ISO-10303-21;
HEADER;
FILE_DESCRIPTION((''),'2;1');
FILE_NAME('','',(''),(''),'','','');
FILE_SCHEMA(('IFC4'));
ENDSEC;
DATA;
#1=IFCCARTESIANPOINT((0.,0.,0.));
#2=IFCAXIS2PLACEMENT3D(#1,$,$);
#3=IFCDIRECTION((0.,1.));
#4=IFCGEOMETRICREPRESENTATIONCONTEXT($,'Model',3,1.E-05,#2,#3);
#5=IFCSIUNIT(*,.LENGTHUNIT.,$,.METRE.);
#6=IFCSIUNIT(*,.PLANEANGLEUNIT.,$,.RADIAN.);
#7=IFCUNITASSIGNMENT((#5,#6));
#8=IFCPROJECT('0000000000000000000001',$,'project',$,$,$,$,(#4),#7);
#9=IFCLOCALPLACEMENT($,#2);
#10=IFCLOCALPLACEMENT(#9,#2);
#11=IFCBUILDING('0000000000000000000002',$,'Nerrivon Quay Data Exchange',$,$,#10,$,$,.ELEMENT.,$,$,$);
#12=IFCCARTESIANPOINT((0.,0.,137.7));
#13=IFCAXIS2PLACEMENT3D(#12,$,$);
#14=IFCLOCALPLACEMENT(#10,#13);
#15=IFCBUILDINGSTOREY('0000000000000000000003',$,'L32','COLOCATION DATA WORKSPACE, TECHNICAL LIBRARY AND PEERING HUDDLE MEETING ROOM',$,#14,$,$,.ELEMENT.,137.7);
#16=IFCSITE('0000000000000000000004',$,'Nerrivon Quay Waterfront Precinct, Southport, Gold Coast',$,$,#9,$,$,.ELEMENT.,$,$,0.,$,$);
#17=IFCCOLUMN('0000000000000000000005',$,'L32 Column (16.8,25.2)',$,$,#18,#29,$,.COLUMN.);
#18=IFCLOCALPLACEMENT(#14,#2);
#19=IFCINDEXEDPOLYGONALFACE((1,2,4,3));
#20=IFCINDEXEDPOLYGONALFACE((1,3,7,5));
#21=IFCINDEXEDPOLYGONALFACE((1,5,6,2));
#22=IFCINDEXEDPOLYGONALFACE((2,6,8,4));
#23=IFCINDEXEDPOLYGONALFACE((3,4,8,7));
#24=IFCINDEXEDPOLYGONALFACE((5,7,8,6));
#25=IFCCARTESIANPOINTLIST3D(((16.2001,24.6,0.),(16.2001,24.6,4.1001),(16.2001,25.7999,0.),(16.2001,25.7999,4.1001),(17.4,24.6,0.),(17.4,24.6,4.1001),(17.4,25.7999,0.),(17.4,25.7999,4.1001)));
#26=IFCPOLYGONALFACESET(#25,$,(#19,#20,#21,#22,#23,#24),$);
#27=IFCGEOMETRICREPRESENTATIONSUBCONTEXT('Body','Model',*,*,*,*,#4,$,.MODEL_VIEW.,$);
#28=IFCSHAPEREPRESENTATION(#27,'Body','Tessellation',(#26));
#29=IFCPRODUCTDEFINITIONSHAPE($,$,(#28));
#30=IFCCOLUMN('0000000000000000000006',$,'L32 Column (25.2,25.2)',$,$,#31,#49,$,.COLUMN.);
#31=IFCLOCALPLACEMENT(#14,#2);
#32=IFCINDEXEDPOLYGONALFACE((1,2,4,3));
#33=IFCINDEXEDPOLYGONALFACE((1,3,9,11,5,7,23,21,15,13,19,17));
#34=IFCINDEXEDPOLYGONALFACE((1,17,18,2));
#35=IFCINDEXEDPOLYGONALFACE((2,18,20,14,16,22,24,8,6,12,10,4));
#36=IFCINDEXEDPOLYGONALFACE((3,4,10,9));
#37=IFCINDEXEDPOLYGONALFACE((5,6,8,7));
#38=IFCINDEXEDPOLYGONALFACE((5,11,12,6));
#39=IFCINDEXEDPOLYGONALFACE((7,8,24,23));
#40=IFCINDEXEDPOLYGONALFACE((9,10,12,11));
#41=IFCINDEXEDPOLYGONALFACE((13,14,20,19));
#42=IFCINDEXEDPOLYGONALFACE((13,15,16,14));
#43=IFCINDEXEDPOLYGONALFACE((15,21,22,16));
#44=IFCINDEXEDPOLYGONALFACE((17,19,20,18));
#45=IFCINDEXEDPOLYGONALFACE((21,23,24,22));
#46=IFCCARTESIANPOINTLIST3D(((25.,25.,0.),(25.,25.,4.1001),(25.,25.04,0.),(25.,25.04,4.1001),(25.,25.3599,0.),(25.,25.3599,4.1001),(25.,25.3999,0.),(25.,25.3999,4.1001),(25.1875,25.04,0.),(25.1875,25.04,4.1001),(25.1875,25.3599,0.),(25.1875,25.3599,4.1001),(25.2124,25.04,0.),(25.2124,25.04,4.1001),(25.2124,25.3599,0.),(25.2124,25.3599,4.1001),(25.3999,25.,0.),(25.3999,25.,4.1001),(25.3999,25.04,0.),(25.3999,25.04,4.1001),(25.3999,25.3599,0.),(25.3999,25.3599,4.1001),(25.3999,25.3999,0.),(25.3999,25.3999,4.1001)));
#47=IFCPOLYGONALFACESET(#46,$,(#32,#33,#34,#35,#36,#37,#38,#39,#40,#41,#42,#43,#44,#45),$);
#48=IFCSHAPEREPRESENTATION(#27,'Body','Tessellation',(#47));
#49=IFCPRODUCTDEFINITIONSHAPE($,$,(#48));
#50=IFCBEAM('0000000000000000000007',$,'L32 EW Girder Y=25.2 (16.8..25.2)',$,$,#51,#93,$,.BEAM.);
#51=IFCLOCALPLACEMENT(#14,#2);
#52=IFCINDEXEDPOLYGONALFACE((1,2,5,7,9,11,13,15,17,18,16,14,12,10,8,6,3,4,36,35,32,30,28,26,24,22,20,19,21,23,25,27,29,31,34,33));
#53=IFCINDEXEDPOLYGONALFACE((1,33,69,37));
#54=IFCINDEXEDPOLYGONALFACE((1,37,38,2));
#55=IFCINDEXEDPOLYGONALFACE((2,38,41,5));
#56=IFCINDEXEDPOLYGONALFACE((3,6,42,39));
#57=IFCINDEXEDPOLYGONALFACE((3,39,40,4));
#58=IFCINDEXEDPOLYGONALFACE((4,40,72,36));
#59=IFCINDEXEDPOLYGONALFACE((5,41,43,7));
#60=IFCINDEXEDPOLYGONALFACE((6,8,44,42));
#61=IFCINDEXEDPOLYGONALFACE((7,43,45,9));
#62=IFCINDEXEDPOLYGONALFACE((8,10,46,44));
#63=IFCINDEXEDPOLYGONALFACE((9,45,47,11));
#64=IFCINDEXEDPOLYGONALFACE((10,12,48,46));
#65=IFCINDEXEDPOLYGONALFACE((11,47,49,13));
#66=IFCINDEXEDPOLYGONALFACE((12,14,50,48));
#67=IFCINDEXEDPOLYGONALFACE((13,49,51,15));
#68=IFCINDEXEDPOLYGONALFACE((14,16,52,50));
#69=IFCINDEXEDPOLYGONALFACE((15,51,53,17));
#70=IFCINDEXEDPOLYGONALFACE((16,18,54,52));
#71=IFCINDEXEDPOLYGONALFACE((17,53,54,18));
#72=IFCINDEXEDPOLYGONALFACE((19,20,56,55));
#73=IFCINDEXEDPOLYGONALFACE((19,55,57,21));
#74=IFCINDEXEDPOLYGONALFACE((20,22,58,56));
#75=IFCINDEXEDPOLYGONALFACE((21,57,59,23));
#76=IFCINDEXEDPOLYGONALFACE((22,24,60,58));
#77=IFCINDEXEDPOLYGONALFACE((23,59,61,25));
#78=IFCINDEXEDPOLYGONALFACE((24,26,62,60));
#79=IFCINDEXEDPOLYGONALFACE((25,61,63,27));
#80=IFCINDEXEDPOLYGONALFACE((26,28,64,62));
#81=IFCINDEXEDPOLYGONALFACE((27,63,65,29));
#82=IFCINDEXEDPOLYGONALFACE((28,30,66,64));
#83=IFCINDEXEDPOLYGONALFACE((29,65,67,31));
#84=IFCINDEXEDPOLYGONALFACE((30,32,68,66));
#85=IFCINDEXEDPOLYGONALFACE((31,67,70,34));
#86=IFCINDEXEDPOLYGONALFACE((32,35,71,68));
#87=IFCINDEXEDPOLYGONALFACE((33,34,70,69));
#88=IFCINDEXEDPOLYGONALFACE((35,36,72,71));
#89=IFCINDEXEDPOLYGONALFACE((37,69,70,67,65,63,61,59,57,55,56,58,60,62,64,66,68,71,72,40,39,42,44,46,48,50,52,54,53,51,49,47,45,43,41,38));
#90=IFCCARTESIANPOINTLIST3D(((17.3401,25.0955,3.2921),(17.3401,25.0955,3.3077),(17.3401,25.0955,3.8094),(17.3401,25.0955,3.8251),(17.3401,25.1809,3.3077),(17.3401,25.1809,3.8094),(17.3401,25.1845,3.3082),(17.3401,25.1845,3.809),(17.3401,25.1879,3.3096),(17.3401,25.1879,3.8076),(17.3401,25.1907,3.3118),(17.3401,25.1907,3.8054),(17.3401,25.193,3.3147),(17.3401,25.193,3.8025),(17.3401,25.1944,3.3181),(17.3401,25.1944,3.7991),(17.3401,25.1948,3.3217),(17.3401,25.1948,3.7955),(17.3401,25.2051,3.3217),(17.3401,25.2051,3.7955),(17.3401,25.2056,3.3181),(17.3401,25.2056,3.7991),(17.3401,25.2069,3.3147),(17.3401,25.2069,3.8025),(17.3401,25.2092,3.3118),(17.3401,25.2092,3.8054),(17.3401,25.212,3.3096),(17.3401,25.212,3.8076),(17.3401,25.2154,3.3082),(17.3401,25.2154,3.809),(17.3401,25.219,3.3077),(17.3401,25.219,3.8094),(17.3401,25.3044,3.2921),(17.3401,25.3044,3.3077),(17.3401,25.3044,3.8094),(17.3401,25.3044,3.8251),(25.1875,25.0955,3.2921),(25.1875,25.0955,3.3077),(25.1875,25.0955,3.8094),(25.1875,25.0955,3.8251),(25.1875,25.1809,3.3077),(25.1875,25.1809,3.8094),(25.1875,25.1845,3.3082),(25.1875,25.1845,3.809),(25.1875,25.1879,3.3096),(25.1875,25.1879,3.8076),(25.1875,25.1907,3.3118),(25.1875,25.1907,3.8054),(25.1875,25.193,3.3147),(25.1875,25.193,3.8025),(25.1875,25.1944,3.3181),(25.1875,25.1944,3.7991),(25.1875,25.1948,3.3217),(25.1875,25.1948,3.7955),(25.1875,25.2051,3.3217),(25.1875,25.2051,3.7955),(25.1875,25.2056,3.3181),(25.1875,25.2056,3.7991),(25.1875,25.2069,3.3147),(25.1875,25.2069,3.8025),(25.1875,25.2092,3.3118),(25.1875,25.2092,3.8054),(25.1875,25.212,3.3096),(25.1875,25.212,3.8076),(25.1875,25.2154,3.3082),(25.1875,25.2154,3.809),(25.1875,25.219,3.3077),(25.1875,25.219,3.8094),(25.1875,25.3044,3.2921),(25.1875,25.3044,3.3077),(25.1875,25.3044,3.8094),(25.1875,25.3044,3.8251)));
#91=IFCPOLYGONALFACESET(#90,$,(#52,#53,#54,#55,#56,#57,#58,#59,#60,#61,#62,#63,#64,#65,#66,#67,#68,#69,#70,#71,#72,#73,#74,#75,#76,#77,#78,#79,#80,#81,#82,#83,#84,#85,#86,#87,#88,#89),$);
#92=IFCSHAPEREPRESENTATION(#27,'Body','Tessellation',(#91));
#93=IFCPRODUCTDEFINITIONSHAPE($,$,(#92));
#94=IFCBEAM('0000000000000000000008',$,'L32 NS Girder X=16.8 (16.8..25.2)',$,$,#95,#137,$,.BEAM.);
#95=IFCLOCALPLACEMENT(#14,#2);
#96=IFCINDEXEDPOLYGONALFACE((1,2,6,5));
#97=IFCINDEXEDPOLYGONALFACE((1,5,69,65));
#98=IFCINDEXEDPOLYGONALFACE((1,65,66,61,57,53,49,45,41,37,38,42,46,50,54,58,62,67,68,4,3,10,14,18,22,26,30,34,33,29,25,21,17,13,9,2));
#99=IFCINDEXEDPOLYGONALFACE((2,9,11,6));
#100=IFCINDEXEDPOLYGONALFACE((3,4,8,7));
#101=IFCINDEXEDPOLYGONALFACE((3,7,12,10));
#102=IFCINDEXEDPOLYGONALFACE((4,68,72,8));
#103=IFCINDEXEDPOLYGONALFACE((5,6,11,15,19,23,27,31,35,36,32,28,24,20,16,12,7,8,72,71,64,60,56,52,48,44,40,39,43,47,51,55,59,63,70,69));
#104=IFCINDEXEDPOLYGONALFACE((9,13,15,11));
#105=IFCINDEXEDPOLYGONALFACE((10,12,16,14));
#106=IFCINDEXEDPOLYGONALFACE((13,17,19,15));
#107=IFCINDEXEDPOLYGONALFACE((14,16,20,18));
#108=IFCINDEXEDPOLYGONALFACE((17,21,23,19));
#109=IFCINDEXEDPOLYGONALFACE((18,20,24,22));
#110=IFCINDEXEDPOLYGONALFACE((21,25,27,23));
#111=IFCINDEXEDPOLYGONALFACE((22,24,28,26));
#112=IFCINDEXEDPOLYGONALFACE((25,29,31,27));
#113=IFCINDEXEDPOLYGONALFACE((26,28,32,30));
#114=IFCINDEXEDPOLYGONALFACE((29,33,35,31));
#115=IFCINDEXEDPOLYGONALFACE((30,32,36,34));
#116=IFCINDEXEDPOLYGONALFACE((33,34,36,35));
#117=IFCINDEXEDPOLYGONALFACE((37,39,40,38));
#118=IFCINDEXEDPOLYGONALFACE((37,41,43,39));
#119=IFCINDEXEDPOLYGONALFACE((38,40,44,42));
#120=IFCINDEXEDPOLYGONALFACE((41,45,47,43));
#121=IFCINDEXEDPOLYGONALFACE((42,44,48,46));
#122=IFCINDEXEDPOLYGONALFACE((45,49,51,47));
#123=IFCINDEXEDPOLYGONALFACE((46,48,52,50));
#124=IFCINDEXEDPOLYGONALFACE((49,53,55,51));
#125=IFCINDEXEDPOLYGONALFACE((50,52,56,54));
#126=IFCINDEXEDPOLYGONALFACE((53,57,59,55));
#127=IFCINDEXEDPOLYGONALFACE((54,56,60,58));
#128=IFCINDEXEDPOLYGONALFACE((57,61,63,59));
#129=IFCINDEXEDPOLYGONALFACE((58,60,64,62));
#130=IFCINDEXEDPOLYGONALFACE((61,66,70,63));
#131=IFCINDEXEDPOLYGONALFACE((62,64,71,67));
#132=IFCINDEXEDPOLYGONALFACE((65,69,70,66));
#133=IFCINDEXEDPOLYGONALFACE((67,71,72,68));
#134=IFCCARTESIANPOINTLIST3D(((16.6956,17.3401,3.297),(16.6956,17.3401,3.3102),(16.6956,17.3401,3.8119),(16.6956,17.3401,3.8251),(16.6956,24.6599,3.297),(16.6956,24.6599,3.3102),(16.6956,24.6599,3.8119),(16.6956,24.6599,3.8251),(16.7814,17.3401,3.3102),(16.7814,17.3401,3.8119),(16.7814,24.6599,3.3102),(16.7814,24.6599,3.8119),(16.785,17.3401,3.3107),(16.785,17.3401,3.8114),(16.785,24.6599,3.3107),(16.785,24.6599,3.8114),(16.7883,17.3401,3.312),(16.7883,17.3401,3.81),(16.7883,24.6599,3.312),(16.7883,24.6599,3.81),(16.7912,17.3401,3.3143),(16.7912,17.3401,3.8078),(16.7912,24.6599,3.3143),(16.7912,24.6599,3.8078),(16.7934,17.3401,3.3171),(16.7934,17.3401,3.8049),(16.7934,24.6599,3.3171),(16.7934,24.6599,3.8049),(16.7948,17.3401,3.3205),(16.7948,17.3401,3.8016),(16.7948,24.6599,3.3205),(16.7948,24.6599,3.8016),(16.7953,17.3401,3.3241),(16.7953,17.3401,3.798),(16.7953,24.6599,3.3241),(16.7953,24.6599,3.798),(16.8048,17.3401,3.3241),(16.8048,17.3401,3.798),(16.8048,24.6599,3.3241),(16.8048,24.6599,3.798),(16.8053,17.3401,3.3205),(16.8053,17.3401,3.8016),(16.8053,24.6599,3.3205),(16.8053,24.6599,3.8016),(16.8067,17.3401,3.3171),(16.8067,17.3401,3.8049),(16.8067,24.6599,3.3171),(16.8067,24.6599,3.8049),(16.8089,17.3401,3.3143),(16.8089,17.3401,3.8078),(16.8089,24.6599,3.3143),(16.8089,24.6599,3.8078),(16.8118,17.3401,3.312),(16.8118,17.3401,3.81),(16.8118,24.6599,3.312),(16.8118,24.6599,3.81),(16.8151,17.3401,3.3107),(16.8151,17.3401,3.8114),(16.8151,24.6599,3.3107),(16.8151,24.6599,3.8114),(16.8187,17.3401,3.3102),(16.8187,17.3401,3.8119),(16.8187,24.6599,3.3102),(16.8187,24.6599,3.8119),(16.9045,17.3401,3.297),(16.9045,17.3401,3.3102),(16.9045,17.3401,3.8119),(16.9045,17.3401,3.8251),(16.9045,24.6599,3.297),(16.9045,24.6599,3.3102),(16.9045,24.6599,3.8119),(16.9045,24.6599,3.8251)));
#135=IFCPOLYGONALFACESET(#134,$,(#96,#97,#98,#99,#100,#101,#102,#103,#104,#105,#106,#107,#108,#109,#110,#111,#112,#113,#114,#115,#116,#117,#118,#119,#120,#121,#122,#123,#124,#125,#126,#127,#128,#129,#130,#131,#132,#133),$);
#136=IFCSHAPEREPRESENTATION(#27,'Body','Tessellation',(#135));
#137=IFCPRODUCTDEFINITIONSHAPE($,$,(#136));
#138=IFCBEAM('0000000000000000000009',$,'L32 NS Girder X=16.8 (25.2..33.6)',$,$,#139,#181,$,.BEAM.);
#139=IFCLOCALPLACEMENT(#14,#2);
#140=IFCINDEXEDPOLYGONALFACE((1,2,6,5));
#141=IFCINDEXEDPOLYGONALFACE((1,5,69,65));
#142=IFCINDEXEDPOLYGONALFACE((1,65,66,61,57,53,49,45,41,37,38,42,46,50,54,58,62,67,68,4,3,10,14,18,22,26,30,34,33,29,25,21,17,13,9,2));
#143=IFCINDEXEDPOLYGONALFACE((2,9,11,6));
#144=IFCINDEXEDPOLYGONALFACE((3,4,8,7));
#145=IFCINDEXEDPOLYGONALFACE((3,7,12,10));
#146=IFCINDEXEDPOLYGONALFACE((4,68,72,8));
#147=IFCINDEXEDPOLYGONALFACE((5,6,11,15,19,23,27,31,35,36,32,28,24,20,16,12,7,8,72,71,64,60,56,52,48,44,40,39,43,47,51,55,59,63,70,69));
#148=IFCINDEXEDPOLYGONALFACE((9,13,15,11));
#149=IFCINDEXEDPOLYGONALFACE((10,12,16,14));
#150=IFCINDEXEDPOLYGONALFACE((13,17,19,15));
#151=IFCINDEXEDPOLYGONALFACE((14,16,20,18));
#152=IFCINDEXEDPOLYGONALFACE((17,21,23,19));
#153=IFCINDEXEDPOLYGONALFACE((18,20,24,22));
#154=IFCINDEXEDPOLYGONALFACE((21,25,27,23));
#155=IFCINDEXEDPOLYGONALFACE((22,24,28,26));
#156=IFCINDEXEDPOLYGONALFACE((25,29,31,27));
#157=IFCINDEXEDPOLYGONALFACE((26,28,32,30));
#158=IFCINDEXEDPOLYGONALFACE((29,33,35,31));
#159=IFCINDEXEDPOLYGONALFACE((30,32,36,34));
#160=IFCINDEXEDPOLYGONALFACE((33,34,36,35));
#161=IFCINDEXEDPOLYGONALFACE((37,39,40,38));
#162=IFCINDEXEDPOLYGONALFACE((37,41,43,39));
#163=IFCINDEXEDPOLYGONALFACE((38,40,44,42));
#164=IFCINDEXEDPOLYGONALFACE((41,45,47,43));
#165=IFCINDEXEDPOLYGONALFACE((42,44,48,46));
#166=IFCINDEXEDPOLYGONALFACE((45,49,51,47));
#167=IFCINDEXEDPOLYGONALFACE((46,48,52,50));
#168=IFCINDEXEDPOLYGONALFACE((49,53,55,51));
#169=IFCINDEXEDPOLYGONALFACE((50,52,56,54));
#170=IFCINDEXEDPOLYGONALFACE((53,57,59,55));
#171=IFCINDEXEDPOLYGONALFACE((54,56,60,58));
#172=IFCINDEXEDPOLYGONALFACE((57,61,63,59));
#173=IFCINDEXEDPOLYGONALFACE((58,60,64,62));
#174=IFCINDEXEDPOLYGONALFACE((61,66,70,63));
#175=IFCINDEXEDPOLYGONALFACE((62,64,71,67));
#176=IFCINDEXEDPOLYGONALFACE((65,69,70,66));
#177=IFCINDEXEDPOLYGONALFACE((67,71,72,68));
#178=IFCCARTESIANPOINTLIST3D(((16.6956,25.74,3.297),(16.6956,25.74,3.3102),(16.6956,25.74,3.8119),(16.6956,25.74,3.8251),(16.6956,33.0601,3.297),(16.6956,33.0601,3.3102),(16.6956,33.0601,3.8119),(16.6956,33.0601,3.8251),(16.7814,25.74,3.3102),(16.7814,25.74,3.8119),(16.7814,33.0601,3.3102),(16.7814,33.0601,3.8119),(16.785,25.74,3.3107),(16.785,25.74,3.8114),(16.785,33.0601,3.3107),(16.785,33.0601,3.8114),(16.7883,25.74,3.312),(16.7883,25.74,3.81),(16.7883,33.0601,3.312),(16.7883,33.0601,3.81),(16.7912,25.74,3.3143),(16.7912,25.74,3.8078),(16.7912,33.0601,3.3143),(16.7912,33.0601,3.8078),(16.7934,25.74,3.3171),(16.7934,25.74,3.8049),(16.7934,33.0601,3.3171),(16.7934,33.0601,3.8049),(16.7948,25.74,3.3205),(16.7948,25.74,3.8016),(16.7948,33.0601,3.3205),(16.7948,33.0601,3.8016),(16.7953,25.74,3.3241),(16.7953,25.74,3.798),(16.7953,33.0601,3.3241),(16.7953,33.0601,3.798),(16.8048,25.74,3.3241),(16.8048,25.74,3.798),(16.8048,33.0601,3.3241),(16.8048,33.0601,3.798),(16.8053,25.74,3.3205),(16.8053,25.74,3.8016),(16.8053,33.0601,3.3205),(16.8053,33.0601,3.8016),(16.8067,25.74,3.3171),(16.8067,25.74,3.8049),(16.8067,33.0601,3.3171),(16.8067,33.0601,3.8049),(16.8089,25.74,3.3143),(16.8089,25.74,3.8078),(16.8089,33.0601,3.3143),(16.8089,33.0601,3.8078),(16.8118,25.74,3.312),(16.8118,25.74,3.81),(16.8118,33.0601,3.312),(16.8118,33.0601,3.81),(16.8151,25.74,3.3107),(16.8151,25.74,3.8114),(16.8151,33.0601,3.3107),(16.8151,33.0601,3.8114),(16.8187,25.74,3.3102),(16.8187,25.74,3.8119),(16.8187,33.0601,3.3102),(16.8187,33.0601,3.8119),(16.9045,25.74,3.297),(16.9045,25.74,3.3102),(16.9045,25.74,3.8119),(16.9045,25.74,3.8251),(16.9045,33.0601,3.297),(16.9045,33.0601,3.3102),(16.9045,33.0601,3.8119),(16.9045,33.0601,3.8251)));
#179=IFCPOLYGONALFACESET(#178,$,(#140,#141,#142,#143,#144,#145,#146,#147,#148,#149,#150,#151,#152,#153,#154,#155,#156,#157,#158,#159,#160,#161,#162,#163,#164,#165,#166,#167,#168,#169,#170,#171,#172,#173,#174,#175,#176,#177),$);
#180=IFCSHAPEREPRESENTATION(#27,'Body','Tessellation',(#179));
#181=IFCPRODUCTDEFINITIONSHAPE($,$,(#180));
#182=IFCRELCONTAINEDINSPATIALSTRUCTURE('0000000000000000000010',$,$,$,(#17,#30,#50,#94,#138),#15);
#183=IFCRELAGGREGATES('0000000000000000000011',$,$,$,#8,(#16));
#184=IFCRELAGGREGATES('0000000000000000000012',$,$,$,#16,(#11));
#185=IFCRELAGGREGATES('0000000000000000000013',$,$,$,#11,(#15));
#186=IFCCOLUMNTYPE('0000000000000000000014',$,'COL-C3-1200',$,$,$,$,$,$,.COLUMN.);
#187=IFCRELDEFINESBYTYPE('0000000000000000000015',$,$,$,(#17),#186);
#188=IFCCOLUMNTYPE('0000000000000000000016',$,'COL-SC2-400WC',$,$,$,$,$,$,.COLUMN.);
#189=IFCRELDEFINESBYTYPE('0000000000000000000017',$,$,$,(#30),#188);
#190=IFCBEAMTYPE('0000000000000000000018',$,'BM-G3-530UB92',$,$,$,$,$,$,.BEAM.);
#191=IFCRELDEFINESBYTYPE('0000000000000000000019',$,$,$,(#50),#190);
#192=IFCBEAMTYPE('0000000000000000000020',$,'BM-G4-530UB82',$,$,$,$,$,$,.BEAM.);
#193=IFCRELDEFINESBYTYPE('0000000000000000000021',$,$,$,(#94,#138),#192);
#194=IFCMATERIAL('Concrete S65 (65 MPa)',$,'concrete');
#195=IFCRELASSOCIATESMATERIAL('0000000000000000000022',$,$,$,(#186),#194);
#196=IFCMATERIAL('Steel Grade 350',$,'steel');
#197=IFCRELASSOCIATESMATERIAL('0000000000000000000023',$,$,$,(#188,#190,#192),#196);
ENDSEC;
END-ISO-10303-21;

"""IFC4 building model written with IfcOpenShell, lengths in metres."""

from ifc_helpers import new_model, si_unit, direction, frame, origin, origin_2d, place, context, subcontext, project, spatial, rectangle, i_section, extrude, material, material_profile, profile_set, type_object, element, save


model = new_model("IFC4")

# Units and contexts
model_context = context("Model", 3, precision=1e-05, world=origin(), true_north=direction((0.0, 1.0)))
body_context = subcontext(model_context, "Body", "Model", "MODEL_VIEW")
ifc_project = project(units=[si_unit("LENGTHUNIT", "METRE"), si_unit("PLANEANGLEUNIT", "RADIAN")], contexts=[model_context])

# Site, building, storey
site_placement = place(None, origin())
site = spatial("IfcSite", under=ifc_project, at=site_placement, Name="Nerrivon Quay Waterfront Precinct, Southport, Gold Coast", CompositionType="ELEMENT", RefElevation=0.0)
building_placement = place(site_placement, origin())
building = spatial("IfcBuilding", under=site, at=building_placement, Name="Nerrivon Quay Data Exchange", CompositionType="ELEMENT")
storey_placement = place(building_placement, frame((0.0, 0.0, 137.7)))
storey = spatial("IfcBuildingStorey", under=building, at=storey_placement, Name="L32", Description="COLOCATION DATA WORKSPACE, TECHNICAL LIBRARY AND PEERING HUDDLE MEETING ROOM", CompositionType="ELEMENT", Elevation=137.7)

# Columns
ifc_material_1 = material(Name="Concrete S65 (65 MPa)", Category="concrete")
ifc_material_profile_1 = material_profile(ifc_material_1, rectangle(XDim=1.2, YDim=1.2, at=origin_2d()), Name="RC-COL-1200x1200")
ifc_profile_set_1 = profile_set([ifc_material_profile_1], Name="Concrete S65 (65 MPa)")
column_type_1 = type_object("IfcColumnType", Name="COL-C3-1200", PredefinedType="COLUMN", material=ifc_profile_set_1)
column_1_placement = place(storey_placement, frame((16.8, 25.2, 0.0), z_axis=(0.0, 0.0, 1.0), x_axis=(1.0, 0.0, 0.0)))
element("IfcColumn", 1, at=column_1_placement, inside=storey, type_object=column_type_1, Name="L32 Column (16.8,25.2)", PredefinedType="COLUMN", context=body_context, shape_type="SweptSolid", body=[
    extrude(rectangle(XDim=1.2, YDim=1.2, at=origin_2d()), origin(), (0.0, 0.0, 1.0), 4.1001),
])
ifc_material_2 = material(Name="Steel Grade 350", Category="steel")
ifc_material_profile_2 = material_profile(ifc_material_2, i_section(OverallWidth=0.3999, OverallDepth=0.3999, WebThickness=0.0249, FlangeThickness=0.04, at=origin_2d()), Name="400WC328")
ifc_profile_set_2 = profile_set([ifc_material_profile_2], Name="Steel Grade 350")
column_type_2 = type_object("IfcColumnType", Name="COL-SC2-400WC", PredefinedType="COLUMN", material=ifc_profile_set_2)
column_2_placement = place(storey_placement, frame((25.2, 25.2, 0.0), z_axis=(0.0, 0.0, 1.0), x_axis=(1.0, 0.0, 0.0)))
element("IfcColumn", 2, at=column_2_placement, inside=storey, type_object=column_type_2, Name="L32 Column (25.2,25.2)", PredefinedType="COLUMN", context=body_context, shape_type="SweptSolid", body=[
    extrude(i_section(OverallWidth=0.3999, OverallDepth=0.3999, WebThickness=0.0249, FlangeThickness=0.04, at=origin_2d()), origin(), (0.0, 0.0, 1.0), 4.1001),
])

# Beams
ifc_material_profile_3 = material_profile(ifc_material_2, i_section(OverallWidth=0.209, OverallDepth=0.533, WebThickness=0.0103, FlangeThickness=0.0156, FilletRadius=0.0139, at=origin_2d()), Name="530UB92.4")
ifc_profile_set_3 = profile_set([ifc_material_profile_3], Name="Steel Grade 350")
beam_type_1 = type_object("IfcBeamType", Name="BM-G3-530UB92", PredefinedType="BEAM", material=ifc_profile_set_3)
beam_1_placement = place(storey_placement, frame((17.3401, 25.2, 3.5586), z_axis=(1.0, 0.0, 0.0), x_axis=(0.0, 1.0, 0.0)))
element("IfcBeam", 3, at=beam_1_placement, inside=storey, type_object=beam_type_1, Name="L32 EW Girder Y=25.2 (16.8..25.2)", PredefinedType="BEAM", context=body_context, shape_type="SweptSolid", body=[
    extrude(i_section(OverallWidth=0.209, OverallDepth=0.533, WebThickness=0.0103, FlangeThickness=0.0156, FilletRadius=0.0139, at=origin_2d()), origin(), (0.0, 0.0, 1.0), 7.8474),
])
ifc_material_profile_4 = material_profile(ifc_material_2, i_section(OverallWidth=0.209, OverallDepth=0.5281, WebThickness=0.0095, FlangeThickness=0.0132, FilletRadius=0.0139, at=origin_2d()), Name="530UB82.0")
ifc_profile_set_4 = profile_set([ifc_material_profile_4], Name="Steel Grade 350")
beam_type_2 = type_object("IfcBeamType", Name="BM-G4-530UB82", PredefinedType="BEAM", material=ifc_profile_set_4)
beam_2_placement = place(storey_placement, frame((16.8, 17.3401, 3.561), z_axis=(0.0, 1.0, 0.0), x_axis=(-1.0, 0.0, 0.0)))
element("IfcBeam", 4, at=beam_2_placement, inside=storey, type_object=beam_type_2, Name="L32 NS Girder X=16.8 (16.8..25.2)", PredefinedType="BEAM", context=body_context, shape_type="SweptSolid", body=[
    extrude(i_section(OverallWidth=0.209, OverallDepth=0.5281, WebThickness=0.0095, FlangeThickness=0.0132, FilletRadius=0.0139, at=origin_2d()), origin(), (0.0, 0.0, 1.0), 7.3198),
])
beam_3_placement = place(storey_placement, frame((16.8, 25.74, 3.561), z_axis=(0.0, 1.0, 0.0), x_axis=(-1.0, 0.0, 0.0)))
element("IfcBeam", 5, at=beam_3_placement, inside=storey, type_object=beam_type_2, Name="L32 NS Girder X=16.8 (25.2..33.6)", PredefinedType="BEAM", context=body_context, shape_type="SweptSolid", body=[
    extrude(i_section(OverallWidth=0.209, OverallDepth=0.5281, WebThickness=0.0095, FlangeThickness=0.0132, FilletRadius=0.0139, at=origin_2d()), origin(), (0.0, 0.0, 1.0), 7.3201),
])

save(model, "model.ifc")
